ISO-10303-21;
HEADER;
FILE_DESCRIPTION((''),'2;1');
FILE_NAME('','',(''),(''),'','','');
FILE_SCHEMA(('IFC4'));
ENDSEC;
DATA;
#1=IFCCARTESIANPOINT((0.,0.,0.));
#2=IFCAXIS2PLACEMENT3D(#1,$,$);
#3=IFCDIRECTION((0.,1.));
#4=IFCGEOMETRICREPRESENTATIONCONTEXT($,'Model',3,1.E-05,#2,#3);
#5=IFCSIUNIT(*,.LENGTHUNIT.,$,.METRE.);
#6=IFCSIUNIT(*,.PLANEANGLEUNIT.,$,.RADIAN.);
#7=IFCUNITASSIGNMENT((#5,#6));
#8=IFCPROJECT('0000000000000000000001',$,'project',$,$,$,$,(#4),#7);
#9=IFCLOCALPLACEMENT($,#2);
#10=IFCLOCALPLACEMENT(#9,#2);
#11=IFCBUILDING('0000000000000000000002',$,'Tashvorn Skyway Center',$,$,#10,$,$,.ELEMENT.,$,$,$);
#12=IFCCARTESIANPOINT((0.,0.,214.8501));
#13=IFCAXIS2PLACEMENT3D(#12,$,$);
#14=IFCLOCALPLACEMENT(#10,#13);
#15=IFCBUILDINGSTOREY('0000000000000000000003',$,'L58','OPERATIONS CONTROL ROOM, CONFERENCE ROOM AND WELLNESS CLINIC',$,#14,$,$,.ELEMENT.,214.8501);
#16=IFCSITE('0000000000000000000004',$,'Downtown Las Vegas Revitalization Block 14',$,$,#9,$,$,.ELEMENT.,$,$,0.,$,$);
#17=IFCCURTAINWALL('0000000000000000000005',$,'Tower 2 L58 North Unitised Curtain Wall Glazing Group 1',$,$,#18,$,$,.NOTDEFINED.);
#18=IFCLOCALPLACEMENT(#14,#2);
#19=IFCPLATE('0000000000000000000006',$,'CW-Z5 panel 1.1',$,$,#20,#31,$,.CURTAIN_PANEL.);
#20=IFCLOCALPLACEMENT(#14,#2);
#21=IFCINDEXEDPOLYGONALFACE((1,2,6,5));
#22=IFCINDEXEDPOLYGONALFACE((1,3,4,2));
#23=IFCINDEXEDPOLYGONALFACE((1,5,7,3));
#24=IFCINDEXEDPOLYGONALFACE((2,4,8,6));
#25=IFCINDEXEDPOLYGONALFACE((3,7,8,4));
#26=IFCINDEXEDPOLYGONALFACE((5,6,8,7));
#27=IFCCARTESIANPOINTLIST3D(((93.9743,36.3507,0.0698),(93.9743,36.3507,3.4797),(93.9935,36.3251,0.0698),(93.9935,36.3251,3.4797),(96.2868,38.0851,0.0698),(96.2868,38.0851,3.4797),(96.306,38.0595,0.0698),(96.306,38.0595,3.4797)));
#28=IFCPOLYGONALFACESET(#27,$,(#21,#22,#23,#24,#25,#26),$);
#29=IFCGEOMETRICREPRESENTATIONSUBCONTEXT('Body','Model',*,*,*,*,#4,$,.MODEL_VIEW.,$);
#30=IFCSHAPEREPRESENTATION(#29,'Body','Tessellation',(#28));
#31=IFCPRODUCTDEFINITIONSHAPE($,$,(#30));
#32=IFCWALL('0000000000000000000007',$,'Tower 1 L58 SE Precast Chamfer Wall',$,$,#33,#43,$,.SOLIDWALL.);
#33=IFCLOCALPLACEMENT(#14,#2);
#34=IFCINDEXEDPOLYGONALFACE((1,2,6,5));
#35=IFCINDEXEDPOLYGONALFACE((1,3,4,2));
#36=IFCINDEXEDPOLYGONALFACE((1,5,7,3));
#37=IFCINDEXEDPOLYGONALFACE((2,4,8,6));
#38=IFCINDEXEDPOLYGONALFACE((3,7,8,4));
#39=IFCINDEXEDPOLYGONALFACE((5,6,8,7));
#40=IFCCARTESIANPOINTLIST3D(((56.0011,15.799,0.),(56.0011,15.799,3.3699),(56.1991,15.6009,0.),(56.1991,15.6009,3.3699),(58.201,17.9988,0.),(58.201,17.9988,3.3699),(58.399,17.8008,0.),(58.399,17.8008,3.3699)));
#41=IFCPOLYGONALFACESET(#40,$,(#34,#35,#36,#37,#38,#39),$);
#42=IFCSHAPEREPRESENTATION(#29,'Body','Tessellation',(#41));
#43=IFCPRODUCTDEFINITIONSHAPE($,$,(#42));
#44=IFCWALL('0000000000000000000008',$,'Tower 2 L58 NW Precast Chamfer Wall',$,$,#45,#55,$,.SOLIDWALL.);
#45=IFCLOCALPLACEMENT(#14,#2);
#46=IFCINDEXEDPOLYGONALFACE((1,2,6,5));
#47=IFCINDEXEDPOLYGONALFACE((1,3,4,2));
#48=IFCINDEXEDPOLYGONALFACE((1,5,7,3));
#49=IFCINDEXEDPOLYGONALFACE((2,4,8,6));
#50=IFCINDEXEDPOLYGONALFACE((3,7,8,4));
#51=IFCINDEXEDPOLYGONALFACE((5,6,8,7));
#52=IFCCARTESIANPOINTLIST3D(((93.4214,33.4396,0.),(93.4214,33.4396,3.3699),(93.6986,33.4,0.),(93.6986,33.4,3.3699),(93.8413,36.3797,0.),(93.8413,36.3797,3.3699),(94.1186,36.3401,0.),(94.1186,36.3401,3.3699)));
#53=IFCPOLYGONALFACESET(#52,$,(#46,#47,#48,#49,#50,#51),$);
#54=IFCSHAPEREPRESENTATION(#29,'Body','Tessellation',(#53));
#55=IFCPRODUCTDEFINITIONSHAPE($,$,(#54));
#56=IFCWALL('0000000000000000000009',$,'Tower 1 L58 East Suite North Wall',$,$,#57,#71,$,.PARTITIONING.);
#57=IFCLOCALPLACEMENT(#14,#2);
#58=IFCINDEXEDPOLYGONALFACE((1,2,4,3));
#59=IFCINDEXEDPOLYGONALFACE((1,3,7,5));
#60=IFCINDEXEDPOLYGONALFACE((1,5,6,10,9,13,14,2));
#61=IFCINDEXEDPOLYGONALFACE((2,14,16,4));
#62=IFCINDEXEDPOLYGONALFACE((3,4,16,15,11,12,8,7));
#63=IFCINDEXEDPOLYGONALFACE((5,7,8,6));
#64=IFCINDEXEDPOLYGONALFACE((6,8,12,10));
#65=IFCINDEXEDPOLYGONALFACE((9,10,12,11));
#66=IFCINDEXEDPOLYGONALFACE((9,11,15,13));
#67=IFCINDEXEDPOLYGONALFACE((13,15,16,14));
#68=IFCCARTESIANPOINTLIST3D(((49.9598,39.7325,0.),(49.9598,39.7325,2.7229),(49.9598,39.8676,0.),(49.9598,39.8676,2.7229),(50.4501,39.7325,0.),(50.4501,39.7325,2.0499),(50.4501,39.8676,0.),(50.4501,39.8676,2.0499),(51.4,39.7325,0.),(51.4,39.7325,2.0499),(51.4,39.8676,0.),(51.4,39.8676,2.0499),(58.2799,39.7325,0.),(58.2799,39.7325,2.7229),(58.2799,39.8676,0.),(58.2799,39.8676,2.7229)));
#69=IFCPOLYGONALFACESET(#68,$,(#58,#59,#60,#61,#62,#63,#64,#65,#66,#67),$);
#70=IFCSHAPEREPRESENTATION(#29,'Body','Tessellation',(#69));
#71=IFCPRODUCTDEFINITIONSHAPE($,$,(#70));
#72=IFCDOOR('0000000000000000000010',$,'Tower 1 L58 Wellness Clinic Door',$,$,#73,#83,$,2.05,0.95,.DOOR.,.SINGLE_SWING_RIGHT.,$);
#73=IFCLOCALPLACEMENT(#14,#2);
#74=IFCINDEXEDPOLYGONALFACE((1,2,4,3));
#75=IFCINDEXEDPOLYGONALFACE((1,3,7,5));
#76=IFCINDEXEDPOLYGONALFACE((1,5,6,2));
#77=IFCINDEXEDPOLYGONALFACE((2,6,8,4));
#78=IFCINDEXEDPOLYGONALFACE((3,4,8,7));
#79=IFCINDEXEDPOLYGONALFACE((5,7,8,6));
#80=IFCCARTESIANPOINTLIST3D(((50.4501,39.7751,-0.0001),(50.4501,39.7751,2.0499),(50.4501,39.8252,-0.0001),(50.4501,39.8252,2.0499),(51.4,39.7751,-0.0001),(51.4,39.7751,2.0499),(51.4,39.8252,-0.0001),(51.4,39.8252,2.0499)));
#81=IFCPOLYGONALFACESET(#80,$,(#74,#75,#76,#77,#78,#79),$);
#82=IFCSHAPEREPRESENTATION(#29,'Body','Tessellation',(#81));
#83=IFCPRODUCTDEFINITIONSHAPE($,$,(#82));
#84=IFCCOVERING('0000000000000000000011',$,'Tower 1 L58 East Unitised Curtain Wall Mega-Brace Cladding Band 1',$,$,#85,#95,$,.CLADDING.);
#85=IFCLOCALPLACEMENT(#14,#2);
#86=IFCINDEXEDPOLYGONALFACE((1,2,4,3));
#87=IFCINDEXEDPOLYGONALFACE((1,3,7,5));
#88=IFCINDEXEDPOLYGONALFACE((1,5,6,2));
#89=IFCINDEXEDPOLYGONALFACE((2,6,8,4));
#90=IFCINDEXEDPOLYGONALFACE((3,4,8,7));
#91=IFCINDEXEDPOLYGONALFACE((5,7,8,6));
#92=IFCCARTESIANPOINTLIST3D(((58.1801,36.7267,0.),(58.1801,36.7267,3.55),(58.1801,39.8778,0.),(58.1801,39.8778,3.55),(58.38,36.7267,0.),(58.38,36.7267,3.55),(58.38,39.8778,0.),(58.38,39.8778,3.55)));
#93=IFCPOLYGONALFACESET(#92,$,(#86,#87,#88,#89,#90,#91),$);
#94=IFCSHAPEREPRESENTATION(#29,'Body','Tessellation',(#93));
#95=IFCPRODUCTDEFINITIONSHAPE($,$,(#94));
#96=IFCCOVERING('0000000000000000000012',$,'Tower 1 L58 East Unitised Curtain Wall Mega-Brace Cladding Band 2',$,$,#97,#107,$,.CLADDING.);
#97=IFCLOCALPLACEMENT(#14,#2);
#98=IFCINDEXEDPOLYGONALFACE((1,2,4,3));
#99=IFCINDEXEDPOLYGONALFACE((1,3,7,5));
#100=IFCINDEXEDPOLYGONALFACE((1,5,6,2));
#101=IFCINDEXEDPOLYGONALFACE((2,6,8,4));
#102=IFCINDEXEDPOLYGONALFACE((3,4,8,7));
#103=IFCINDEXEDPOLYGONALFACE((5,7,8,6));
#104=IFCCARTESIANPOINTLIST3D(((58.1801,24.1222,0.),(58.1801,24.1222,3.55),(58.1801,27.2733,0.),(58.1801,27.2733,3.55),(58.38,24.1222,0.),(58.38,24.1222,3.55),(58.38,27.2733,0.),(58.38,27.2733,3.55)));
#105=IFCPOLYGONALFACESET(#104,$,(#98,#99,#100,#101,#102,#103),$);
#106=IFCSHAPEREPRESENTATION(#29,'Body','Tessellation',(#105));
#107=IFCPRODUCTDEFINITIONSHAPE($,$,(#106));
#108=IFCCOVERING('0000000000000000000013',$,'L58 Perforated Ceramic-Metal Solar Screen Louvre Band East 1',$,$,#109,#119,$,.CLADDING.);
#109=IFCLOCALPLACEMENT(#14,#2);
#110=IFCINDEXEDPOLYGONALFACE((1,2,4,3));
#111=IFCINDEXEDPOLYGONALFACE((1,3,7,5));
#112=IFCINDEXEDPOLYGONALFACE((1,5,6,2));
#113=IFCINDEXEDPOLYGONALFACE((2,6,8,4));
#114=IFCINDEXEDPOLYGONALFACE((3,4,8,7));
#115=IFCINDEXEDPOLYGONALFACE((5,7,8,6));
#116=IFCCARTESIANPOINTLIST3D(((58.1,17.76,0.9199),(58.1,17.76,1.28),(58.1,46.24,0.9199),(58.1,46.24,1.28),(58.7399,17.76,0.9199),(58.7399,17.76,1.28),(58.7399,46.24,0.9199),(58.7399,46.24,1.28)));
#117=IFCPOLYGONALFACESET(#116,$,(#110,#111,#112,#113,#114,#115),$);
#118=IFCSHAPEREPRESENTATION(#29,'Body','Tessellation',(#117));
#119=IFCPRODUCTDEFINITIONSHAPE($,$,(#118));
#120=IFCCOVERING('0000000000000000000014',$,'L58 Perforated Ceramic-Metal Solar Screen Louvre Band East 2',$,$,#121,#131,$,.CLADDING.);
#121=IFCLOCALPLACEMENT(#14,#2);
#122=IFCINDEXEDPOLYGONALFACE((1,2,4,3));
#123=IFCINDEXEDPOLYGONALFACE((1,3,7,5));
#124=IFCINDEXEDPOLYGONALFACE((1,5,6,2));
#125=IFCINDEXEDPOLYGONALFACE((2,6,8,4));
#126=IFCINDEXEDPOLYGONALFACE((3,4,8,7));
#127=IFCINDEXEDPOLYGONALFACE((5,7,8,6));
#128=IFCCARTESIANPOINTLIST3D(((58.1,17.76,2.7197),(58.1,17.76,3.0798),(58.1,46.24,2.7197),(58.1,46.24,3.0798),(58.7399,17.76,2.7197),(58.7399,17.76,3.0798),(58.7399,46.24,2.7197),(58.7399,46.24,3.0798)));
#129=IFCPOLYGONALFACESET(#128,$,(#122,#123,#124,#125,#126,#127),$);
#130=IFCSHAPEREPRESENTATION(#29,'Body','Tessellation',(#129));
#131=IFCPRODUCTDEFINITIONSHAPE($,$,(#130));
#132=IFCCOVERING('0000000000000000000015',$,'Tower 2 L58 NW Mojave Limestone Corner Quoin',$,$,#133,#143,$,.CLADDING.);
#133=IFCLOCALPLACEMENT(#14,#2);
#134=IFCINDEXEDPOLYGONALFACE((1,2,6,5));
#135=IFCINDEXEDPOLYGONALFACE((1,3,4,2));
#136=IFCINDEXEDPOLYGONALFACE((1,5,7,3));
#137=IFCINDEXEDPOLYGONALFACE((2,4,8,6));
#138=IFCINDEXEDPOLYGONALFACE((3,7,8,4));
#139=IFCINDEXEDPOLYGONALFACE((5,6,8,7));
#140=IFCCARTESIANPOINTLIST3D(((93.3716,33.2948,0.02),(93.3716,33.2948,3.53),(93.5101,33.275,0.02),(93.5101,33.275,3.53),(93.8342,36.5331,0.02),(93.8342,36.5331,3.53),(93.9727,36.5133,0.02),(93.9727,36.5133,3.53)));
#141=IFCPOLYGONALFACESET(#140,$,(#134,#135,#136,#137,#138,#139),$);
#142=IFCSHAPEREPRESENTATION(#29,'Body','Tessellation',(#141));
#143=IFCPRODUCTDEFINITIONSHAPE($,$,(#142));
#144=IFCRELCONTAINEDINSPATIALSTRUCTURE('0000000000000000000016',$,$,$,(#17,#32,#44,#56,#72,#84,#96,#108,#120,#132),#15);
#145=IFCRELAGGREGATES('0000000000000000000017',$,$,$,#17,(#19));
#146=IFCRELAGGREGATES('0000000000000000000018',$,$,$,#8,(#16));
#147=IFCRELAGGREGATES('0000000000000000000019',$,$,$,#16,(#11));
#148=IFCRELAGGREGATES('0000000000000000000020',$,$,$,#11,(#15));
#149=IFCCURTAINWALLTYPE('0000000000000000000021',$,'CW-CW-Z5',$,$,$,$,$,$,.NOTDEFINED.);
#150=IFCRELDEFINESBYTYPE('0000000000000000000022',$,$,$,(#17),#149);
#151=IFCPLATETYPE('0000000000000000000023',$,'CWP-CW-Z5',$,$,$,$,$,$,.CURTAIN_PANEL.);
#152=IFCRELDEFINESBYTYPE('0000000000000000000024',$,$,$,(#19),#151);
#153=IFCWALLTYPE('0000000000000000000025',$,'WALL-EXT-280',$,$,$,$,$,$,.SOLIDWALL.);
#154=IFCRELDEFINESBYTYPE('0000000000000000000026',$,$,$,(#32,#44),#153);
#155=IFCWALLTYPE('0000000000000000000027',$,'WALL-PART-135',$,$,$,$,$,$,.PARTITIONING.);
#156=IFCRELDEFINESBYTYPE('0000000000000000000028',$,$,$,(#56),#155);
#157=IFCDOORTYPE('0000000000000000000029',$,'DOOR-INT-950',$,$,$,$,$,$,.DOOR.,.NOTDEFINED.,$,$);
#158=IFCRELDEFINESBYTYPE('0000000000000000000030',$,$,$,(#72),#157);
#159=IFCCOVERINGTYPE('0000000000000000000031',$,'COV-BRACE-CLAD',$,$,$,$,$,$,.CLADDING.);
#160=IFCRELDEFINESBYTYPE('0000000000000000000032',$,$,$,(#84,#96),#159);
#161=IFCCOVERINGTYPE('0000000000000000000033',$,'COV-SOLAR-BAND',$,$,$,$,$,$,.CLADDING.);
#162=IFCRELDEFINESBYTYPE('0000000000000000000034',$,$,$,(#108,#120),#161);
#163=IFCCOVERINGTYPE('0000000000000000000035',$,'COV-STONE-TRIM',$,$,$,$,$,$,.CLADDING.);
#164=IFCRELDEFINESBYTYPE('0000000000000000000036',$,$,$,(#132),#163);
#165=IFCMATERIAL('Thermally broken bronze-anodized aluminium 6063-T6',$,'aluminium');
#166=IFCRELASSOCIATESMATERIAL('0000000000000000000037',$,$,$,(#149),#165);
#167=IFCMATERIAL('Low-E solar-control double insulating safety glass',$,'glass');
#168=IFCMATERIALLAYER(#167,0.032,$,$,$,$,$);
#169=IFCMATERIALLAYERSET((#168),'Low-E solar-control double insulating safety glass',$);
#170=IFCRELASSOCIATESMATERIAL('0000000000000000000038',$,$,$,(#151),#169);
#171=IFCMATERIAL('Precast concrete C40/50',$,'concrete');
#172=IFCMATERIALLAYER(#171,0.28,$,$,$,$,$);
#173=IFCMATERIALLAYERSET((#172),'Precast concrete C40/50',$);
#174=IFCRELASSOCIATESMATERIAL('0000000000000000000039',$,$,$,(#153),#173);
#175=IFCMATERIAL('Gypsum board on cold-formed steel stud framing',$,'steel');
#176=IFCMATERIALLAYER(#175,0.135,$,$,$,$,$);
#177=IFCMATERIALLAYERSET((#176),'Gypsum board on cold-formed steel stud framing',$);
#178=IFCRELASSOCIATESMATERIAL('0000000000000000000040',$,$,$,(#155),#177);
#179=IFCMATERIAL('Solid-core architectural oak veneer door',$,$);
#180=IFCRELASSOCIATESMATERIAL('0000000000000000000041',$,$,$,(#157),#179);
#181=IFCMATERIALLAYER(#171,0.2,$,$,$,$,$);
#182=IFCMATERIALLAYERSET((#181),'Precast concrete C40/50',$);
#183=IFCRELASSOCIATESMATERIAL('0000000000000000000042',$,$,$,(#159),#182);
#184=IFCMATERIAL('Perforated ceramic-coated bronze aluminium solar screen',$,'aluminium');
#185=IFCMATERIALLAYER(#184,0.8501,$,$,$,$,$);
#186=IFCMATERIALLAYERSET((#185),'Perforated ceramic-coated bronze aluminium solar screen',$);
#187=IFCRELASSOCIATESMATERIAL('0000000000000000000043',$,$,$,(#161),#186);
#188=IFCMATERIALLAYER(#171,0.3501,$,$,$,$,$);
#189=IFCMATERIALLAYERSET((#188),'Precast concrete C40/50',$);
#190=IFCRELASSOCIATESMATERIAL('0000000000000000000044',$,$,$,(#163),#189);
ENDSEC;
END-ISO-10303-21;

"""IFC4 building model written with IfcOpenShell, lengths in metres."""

from ifc_helpers import new_model, si_unit, direction, frame, frame_2d, origin, origin_2d, place, context, subcontext, project, spatial, rectangle, extrude, material, layer, layer_set, type_object, element, fill, aggregate, save


model = new_model("IFC4")

# Units and contexts
model_context = context("Model", 3, precision=1e-05, world=origin(), true_north=direction((0.0, 1.0)))
body_context = subcontext(model_context, "Body", "Model", "MODEL_VIEW")
ifc_project = project(units=[si_unit("LENGTHUNIT", "METRE"), si_unit("PLANEANGLEUNIT", "RADIAN")], contexts=[model_context])

# Site, building, storey
site_placement = place(None, origin())
site = spatial("IfcSite", under=ifc_project, at=site_placement, Name="Downtown Las Vegas Revitalization Block 14", CompositionType="ELEMENT", RefElevation=0.0)
building_placement = place(site_placement, origin())
building = spatial("IfcBuilding", under=site, at=building_placement, Name="Tashvorn Skyway Center", CompositionType="ELEMENT")
storey_placement = place(building_placement, frame((0.0, 0.0, 214.8501)))
storey = spatial("IfcBuildingStorey", under=building, at=storey_placement, Name="L58", Description="OPERATIONS CONTROL ROOM, CONFERENCE ROOM AND WELLNESS CLINIC", CompositionType="ELEMENT", Elevation=214.8501)

# Curtain wall
ifc_material_1 = material(Name="Thermally broken bronze-anodized aluminium 6063-T6", Category="aluminium")
curtain_wall_type = type_object("IfcCurtainWallType", Name="CW-CW-Z5", PredefinedType="NOTDEFINED", material=ifc_material_1)
curtain_wall_1_placement = place(storey_placement, origin())
curtain_wall_1 = element("IfcCurtainWall", 1, at=curtain_wall_1_placement, inside=storey, type_object=curtain_wall_type, Name="Tower 2 L58 North Unitised Curtain Wall Glazing Group 1", PredefinedType="NOTDEFINED")

# Plate
ifc_material_2 = material(Name="Low-E solar-control double insulating safety glass", Category="glass")
ifc_layer_1 = layer(ifc_material_2, 0.032)
ifc_layer_set_1 = layer_set([ifc_layer_1], Name="Low-E solar-control double insulating safety glass")
plate_type = type_object("IfcPlateType", Name="CWP-CW-Z5", PredefinedType="CURTAIN_PANEL", material=ifc_layer_set_1)
plate_1_placement = place(storey_placement, frame((95.1401, 37.2051, 0.0698), z_axis=(0.0, 0.0, 1.0), x_axis=(0.799998, 0.600003, 0.0)))
plate_1 = element("IfcPlate", 2, at=plate_1_placement, type_object=plate_type, Name="CW-Z5 panel 1.1", PredefinedType="CURTAIN_PANEL", context=body_context, shape_type="SweptSolid", body=[
    extrude(rectangle(XDim=2.8906, YDim=0.032, at=origin_2d()), origin(), (0.0, 0.0, 1.0), 3.4099),
])
aggregate(curtain_wall_1, [plate_1])

# Walls
ifc_material_3 = material(Name="Precast concrete C40/50", Category="concrete")
ifc_layer_2 = layer(ifc_material_3, 0.28)
ifc_layer_set_2 = layer_set([ifc_layer_2], Name="Precast concrete C40/50")
wall_type_1 = type_object("IfcWallType", Name="WALL-EXT-280", PredefinedType="SOLIDWALL", material=ifc_layer_set_2)
wall_1_placement = place(storey_placement, frame((58.3, 17.8999, 0.0), z_axis=(0.0, 0.0, 1.0), x_axis=(-0.707107, -0.707107, 0.0)))
element("IfcWall", 3, at=wall_1_placement, inside=storey, type_object=wall_type_1, Name="Tower 1 L58 SE Precast Chamfer Wall", PredefinedType="SOLIDWALL", context=body_context, shape_type="SweptSolid", body=[
    extrude(rectangle(XDim=3.1111, YDim=0.28, at=frame_2d((1.5557, 0.0))), origin(), (0.0, 0.0, 1.0), 3.3699),
])
wall_2_placement = place(storey_placement, frame((93.5601, 33.4199, 0.0), z_axis=(0.0, 0.0, 1.0), x_axis=(0.141387, 0.989954, 0.0)))
element("IfcWall", 4, at=wall_2_placement, inside=storey, type_object=wall_type_1, Name="Tower 2 L58 NW Precast Chamfer Wall", PredefinedType="SOLIDWALL", context=body_context, shape_type="SweptSolid", body=[
    extrude(rectangle(XDim=2.97, YDim=0.28, at=frame_2d((1.4849, 0.0))), origin(), (0.0, 0.0, 1.0), 3.3699),
])

# Wall, opening, door
ifc_material_4 = material(Name="Gypsum board on cold-formed steel stud framing", Category="steel")
ifc_layer_3 = layer(ifc_material_4, 0.135)
ifc_layer_set_3 = layer_set([ifc_layer_3], Name="Gypsum board on cold-formed steel stud framing")
wall_type_2 = type_object("IfcWallType", Name="WALL-PART-135", PredefinedType="PARTITIONING", material=ifc_layer_set_3)
wall_3_placement = place(storey_placement, frame((58.28, 39.8, 0.0), z_axis=(0.0, 0.0, 1.0), x_axis=(-1.0, 0.0, 0.0)))
wall_3 = element("IfcWall", 5, at=wall_3_placement, inside=storey, type_object=wall_type_2, Name="Tower 1 L58 East Suite North Wall", PredefinedType="PARTITIONING", context=body_context, shape_type="SweptSolid", body=[
    extrude(rectangle(XDim=8.3201, YDim=0.135, at=frame_2d((4.1602, 0.0))), origin(), (0.0, 0.0, 1.0), 2.7229),
])
opening_placement = place(wall_3_placement, frame((6.8799, 0.0, 0.0)))
opening = element("IfcOpeningElement", 6, at=opening_placement, cuts=wall_3, PredefinedType="OPENING", context=body_context, shape_type="SweptSolid", body=[
    extrude(rectangle(XDim=0.95, YDim=2.05, at=frame_2d((0.4751, 1.0249))), frame((0.0, 0.0774, 0.0), z_axis=(0.0, -1.0, 0.0), x_axis=(1.0, 0.0, 0.0)), (0.0, 0.0, 1.0), 0.155),
])
ifc_material_5 = material(Name="Solid-core architectural oak veneer door")
door_type = type_object("IfcDoorType", Name="DOOR-INT-950", OperationType="NOTDEFINED", PredefinedType="DOOR", material=ifc_material_5)
door_placement = place(opening_placement, origin())
door = element("IfcDoor", 7, at=door_placement, inside=storey, type_object=door_type, Name="Tower 1 L58 Wellness Clinic Door", OperationType="SINGLE_SWING_RIGHT", OverallHeight=2.05, OverallWidth=0.95, PredefinedType="DOOR", context=body_context, shape_type="SweptSolid", body=[
    extrude(rectangle(XDim=0.95, YDim=2.05, at=frame_2d((0.4751, 1.0249))), frame((0.0, 0.0249, 0.0), z_axis=(0.0, -1.0, 0.0), x_axis=(1.0, 0.0, 0.0)), (0.0, 0.0, 1.0), 0.05),
])
fill(opening, door)

# Coverings
ifc_layer_4 = layer(ifc_material_3, 0.2)
ifc_layer_set_4 = layer_set([ifc_layer_4], Name="Precast concrete C40/50")
covering_type_1 = type_object("IfcCoveringType", Name="COV-BRACE-CLAD", PredefinedType="CLADDING", material=ifc_layer_set_4)
for number, where, z_axis, x_axis, name in (
    (8, (58.28, 38.3022, 0.0), (0.0, 0.0, 1.0), (0.0, -1.0, 0.0), "Tower 1 L58 East Unitised Curtain Wall Mega-Brace Cladding Band 1"),
    (9, (58.28, 25.6978, 0.0), (0.0, 0.0, 1.0), (0.0, -1.0, 0.0), "Tower 1 L58 East Unitised Curtain Wall Mega-Brace Cladding Band 2"),
):
    element("IfcCovering", number, at=place(storey_placement, frame(where, z_axis=z_axis, x_axis=x_axis)), inside=storey, type_object=covering_type_1, Name=name, PredefinedType="CLADDING", context=body_context, shape_type="SweptSolid", body=[
        extrude(rectangle(XDim=3.1511, YDim=0.2, at=origin_2d()), origin(), (0.0, 0.0, 1.0), 3.55),
    ])
ifc_material_6 = material(Name="Perforated ceramic-coated bronze aluminium solar screen", Category="aluminium")
ifc_layer_5 = layer(ifc_material_6, 0.8501)
ifc_layer_set_5 = layer_set([ifc_layer_5], Name="Perforated ceramic-coated bronze aluminium solar screen")
covering_type_2 = type_object("IfcCoveringType", Name="COV-SOLAR-BAND", PredefinedType="CLADDING", material=ifc_layer_set_5)
for number, where, z_axis, x_axis, name in (
    (10, (58.4199, 32.0, 0.9199), (0.0, 0.0, 1.0), (0.0, -1.0, 0.0), "L58 Perforated Ceramic-Metal Solar Screen Louvre Band East 1"),
    (11, (58.4199, 32.0, 2.7197), (0.0, 0.0, 1.0), (0.0, -1.0, 0.0), "L58 Perforated Ceramic-Metal Solar Screen Louvre Band East 2"),
):
    element("IfcCovering", number, at=place(storey_placement, frame(where, z_axis=z_axis, x_axis=x_axis)), inside=storey, type_object=covering_type_2, Name=name, PredefinedType="CLADDING", context=body_context, shape_type="SweptSolid", body=[
        extrude(rectangle(XDim=28.48, YDim=0.6399, at=origin_2d()), origin(), (0.0, 0.0, 1.0), 0.3601),
    ])
ifc_layer_6 = layer(ifc_material_3, 0.3501)
ifc_layer_set_6 = layer_set([ifc_layer_6], Name="Precast concrete C40/50")
covering_type_3 = type_object("IfcCoveringType", Name="COV-STONE-TRIM", PredefinedType="CLADDING", material=ifc_layer_set_6)
covering_placement = place(storey_placement, frame((93.6721, 34.9041, 0.02), z_axis=(0.0, 0.0, 1.0), x_axis=(-0.141421, -0.989949, 0.0)))
element("IfcCovering", 12, at=covering_placement, inside=storey, type_object=covering_type_3, Name="Tower 2 L58 NW Mojave Limestone Corner Quoin", PredefinedType="CLADDING", context=body_context, shape_type="SweptSolid", body=[
    extrude(rectangle(XDim=3.2712, YDim=0.1399, at=origin_2d()), origin(), (0.0, 0.0, 1.0), 3.51),
])

save(model, "model.ifc")
